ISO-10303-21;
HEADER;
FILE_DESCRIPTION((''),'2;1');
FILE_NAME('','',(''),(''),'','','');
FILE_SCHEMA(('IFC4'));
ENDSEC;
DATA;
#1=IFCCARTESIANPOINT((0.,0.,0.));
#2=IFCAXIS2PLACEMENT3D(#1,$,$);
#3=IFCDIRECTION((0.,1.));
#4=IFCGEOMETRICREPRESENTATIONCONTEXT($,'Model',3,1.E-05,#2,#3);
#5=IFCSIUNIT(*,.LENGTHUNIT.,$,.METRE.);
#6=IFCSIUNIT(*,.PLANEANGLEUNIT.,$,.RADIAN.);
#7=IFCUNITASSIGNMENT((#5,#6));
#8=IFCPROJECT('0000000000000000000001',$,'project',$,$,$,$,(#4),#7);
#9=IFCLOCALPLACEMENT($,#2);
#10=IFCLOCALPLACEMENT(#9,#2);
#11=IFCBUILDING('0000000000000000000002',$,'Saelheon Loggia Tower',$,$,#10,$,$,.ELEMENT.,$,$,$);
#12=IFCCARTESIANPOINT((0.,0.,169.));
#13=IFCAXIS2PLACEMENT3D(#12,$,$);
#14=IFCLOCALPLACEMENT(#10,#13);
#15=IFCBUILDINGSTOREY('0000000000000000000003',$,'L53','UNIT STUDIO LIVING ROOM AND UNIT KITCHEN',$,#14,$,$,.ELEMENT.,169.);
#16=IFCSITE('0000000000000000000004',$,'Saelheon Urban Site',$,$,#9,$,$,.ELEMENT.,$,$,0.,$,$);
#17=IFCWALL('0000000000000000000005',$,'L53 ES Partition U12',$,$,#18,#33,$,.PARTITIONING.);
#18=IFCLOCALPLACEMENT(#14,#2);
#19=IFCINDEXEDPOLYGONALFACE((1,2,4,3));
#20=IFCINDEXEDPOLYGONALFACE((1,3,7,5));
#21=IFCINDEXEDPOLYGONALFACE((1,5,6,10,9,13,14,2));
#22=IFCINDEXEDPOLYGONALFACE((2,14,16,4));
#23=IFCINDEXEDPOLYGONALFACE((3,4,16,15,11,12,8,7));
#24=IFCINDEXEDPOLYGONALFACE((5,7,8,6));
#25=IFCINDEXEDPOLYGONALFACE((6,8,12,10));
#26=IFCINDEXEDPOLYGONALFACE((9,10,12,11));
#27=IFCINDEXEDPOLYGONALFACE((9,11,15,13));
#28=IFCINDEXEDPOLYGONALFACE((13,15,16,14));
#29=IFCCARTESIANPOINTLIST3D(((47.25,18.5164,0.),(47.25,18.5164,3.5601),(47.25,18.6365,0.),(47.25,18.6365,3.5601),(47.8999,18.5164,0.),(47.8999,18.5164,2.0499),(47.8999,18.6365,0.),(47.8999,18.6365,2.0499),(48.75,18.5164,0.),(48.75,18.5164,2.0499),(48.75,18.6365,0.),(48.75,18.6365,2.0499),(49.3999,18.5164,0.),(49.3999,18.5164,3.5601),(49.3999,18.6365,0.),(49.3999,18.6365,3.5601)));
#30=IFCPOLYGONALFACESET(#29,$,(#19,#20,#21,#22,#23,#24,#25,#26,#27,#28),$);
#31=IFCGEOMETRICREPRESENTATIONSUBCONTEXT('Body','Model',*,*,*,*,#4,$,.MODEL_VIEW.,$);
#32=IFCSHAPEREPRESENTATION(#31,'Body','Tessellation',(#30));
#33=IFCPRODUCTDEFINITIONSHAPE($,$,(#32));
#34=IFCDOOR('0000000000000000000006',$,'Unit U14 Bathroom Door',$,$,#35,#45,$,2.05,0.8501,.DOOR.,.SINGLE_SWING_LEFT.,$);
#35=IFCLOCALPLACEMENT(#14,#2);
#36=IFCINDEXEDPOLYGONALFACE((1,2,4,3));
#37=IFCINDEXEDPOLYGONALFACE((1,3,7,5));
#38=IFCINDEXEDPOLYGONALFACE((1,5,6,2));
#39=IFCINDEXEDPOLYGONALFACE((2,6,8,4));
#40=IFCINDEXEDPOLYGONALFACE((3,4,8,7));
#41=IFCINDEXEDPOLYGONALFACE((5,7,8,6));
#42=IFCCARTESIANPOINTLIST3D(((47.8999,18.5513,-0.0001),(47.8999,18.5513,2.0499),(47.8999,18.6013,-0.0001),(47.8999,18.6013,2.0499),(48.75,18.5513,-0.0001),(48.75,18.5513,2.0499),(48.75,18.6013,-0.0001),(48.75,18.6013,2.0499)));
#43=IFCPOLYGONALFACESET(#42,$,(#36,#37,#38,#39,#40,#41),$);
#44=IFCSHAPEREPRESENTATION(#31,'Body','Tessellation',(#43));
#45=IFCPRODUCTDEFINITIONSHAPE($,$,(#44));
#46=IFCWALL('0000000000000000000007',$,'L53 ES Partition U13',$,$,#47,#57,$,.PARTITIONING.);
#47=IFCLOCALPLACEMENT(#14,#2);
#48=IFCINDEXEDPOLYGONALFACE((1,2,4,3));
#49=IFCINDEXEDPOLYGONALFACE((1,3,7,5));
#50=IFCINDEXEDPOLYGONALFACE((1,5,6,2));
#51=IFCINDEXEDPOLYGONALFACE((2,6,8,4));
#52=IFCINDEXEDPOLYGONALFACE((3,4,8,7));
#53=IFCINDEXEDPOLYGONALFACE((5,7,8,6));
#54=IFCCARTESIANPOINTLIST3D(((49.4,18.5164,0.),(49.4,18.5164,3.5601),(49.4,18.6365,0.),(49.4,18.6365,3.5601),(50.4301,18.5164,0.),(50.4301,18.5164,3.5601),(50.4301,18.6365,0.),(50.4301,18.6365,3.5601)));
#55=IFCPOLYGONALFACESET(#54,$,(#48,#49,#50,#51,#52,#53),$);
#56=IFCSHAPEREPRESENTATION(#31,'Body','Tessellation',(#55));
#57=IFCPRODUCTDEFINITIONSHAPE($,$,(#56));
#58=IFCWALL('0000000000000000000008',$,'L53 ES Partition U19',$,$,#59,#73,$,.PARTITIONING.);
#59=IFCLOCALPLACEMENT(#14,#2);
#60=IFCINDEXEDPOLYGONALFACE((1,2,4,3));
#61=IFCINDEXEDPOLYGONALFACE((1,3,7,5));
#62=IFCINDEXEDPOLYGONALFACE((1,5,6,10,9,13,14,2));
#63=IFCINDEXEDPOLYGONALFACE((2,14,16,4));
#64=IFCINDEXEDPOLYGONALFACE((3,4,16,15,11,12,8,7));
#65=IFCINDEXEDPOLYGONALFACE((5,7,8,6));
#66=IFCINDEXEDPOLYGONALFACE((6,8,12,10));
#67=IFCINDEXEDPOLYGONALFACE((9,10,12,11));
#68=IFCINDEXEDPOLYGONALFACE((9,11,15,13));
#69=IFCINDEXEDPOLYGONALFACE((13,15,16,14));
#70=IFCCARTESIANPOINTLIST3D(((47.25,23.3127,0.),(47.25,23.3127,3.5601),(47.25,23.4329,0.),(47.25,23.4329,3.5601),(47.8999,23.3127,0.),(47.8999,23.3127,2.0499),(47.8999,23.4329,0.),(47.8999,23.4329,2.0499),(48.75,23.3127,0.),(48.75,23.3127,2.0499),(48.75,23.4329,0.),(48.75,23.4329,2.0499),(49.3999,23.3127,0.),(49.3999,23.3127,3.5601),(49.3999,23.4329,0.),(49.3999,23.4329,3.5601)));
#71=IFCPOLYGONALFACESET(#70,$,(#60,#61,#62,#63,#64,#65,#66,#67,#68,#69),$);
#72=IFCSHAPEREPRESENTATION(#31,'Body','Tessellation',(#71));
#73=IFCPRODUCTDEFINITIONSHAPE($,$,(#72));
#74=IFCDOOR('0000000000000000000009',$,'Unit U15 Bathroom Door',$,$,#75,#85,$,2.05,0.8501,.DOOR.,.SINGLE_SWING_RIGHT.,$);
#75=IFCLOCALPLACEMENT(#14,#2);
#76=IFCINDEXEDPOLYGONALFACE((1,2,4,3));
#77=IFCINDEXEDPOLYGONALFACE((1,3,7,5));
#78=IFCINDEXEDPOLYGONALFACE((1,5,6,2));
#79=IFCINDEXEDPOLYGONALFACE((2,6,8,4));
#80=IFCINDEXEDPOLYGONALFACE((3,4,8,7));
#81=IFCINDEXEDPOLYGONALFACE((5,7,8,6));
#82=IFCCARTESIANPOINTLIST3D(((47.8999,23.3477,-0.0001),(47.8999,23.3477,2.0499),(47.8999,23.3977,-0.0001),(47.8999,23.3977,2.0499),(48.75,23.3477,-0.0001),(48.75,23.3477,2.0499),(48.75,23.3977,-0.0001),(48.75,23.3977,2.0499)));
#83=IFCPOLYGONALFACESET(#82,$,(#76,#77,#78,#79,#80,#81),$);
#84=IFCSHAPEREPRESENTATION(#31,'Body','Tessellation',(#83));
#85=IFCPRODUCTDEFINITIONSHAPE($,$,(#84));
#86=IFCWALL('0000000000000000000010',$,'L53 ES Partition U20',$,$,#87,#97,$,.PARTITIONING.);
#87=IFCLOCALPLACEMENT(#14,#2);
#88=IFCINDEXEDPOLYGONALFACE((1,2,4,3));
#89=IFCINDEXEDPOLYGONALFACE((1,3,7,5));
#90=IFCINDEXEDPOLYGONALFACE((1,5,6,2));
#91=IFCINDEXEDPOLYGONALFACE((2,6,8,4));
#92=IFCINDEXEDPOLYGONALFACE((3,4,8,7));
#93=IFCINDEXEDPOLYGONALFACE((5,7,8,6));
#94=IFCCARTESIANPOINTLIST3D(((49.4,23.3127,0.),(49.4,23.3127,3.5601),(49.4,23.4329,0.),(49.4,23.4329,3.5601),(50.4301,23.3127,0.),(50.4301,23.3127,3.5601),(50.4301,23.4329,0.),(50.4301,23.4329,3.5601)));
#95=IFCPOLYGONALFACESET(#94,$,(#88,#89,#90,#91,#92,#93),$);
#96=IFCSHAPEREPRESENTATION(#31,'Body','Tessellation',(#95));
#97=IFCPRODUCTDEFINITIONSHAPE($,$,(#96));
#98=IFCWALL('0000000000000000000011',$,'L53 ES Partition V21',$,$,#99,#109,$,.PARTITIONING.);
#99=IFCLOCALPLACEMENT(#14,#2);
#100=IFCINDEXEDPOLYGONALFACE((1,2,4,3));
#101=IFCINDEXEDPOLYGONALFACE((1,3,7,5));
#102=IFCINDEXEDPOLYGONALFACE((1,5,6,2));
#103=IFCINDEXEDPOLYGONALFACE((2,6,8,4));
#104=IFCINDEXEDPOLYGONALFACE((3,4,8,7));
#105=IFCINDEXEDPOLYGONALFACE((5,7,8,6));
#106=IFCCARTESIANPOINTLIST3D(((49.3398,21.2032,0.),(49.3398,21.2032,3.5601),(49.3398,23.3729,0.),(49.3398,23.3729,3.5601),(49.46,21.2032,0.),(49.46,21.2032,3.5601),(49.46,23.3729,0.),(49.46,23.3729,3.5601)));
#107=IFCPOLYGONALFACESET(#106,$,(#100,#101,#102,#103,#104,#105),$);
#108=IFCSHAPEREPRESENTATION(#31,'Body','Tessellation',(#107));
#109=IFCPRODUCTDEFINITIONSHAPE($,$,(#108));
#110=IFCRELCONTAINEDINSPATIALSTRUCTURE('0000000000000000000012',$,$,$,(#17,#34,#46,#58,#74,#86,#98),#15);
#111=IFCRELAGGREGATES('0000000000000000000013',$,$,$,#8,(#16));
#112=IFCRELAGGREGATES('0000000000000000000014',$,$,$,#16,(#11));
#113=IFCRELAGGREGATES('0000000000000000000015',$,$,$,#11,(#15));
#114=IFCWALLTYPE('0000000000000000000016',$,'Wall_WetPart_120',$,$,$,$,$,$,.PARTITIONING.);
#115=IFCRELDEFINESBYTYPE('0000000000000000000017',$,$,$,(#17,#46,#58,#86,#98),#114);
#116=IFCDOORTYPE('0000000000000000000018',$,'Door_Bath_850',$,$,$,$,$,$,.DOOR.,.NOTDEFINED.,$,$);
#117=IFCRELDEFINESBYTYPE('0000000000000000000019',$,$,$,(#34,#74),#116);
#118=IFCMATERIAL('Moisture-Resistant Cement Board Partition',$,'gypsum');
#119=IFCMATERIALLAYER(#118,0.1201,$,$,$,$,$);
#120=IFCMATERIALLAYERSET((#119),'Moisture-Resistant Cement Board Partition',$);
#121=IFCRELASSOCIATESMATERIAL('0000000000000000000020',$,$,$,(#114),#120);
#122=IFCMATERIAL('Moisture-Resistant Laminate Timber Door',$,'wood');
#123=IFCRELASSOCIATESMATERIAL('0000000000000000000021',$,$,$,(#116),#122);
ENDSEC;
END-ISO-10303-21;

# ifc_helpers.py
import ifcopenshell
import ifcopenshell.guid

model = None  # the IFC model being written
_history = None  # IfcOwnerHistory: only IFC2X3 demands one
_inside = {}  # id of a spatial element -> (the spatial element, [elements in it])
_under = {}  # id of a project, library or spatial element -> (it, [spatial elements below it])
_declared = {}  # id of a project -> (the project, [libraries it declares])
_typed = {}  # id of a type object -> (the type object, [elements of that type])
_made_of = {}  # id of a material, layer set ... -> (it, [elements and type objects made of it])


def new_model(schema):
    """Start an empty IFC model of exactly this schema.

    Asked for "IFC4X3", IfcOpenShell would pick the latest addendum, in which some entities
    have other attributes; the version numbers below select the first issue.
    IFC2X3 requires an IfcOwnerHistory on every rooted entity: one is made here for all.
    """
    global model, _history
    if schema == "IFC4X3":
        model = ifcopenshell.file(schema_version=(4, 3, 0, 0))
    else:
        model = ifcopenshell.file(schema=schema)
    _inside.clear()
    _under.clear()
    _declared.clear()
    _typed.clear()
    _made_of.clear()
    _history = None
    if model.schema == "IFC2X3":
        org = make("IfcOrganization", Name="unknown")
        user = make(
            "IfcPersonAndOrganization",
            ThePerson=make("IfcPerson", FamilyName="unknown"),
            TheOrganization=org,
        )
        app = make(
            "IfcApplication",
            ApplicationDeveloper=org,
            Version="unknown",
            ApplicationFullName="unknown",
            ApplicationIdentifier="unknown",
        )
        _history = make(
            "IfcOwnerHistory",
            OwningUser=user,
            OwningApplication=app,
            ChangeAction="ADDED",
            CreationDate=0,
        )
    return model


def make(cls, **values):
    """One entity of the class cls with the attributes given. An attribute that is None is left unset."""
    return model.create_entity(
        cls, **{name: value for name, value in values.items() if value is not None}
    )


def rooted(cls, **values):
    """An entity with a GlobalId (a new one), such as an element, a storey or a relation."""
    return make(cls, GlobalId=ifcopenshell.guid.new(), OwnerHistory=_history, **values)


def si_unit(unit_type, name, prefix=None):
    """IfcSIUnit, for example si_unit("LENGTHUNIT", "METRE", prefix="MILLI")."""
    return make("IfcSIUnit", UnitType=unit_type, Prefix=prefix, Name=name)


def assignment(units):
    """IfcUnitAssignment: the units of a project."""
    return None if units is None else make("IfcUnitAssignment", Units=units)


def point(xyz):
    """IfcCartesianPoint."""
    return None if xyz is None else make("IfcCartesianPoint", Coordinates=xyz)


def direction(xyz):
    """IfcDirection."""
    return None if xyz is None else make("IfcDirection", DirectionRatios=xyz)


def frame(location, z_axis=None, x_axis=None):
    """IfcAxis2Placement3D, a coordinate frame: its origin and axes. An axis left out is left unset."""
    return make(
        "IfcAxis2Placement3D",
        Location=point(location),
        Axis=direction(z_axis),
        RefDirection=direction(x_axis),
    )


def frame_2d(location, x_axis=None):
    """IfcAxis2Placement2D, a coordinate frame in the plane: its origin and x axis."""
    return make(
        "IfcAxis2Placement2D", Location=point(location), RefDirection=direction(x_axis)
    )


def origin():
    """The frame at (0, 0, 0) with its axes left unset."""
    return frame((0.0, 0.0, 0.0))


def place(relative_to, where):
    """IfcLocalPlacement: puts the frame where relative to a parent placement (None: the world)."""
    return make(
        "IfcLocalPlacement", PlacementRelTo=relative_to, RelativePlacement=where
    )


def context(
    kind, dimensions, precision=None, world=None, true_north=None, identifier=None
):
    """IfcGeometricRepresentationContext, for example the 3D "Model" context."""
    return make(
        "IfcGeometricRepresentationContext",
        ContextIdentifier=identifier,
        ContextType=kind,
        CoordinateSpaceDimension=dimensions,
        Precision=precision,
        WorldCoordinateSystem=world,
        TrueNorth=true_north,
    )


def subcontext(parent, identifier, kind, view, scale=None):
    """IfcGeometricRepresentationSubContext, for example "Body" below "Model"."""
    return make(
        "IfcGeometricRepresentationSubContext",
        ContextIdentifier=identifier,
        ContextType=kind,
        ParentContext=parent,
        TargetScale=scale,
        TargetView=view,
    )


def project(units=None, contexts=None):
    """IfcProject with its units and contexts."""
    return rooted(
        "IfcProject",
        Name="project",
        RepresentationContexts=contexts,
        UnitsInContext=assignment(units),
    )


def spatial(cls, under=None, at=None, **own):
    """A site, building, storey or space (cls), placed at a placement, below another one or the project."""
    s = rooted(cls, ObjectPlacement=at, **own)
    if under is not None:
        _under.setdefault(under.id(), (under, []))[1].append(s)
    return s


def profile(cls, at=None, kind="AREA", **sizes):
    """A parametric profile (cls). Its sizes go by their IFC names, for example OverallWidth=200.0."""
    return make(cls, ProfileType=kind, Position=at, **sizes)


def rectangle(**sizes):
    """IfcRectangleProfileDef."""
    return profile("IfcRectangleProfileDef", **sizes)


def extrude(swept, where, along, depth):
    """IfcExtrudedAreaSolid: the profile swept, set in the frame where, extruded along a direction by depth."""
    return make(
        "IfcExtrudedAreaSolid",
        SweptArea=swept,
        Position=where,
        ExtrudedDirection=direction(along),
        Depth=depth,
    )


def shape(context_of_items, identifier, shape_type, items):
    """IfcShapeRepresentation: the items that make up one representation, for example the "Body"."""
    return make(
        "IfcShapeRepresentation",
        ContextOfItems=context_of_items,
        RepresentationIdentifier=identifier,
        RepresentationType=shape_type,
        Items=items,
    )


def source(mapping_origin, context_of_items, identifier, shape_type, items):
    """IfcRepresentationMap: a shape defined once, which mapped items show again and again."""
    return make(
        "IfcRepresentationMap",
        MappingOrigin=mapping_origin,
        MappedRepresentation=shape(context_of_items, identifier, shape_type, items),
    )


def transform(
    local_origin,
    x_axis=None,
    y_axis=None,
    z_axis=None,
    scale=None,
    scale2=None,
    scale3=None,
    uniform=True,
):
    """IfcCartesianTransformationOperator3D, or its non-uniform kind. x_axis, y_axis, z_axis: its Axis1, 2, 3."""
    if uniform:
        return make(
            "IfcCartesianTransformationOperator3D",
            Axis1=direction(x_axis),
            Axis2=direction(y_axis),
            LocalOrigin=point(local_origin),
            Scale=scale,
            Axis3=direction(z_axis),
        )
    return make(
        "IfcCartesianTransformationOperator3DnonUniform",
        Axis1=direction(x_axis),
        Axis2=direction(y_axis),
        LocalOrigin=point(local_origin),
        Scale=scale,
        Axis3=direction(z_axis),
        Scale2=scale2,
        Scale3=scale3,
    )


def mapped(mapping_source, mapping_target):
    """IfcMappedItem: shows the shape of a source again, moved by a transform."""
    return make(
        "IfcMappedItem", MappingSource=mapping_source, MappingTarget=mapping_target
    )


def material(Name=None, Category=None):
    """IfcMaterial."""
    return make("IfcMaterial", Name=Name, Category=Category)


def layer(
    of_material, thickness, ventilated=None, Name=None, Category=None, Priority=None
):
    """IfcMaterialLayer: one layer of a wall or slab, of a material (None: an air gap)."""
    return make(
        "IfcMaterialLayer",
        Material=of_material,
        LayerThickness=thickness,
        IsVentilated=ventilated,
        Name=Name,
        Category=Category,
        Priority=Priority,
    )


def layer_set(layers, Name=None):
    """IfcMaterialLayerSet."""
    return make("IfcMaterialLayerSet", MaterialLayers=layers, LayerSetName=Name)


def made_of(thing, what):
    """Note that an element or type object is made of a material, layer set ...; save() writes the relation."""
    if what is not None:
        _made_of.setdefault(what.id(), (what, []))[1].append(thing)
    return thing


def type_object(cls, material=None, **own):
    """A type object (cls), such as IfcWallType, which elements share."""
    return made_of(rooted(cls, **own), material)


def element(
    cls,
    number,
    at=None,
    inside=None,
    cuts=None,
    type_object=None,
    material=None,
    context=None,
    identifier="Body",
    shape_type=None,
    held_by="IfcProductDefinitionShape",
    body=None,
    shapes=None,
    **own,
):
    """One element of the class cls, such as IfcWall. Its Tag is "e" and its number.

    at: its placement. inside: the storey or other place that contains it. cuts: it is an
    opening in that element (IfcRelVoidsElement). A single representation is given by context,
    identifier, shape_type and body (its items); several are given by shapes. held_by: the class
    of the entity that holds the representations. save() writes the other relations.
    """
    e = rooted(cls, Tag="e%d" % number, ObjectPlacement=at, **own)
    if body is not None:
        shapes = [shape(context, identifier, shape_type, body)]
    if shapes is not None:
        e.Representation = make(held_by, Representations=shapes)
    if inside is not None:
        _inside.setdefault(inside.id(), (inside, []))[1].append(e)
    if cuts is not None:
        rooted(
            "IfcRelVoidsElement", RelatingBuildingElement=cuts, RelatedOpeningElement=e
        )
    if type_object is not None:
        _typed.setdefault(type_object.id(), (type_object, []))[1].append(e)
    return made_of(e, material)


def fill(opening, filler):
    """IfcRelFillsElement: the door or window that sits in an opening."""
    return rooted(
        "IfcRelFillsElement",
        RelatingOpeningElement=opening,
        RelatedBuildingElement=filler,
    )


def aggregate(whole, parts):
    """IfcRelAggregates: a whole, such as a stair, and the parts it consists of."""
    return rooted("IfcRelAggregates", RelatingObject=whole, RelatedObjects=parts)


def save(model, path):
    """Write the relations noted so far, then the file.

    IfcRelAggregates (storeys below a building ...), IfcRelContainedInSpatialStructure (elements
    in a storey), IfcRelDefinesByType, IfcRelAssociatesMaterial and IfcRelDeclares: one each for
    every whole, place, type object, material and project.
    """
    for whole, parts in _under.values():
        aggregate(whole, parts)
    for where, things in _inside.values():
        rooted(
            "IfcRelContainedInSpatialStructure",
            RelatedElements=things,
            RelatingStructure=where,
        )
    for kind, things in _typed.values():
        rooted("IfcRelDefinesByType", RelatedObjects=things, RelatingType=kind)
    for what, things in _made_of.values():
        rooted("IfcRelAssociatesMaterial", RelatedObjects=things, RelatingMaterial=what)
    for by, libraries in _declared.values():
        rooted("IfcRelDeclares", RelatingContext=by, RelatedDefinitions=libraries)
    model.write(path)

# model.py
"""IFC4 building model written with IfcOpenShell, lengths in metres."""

from ifc_helpers import new_model, si_unit, direction, frame, frame_2d, origin, place, context, subcontext, project, spatial, rectangle, extrude, source, transform, mapped, material, layer, layer_set, type_object, element, fill, save


model = new_model("IFC4")

# Units and contexts
model_context = context("Model", 3, precision=1e-05, world=origin(), true_north=direction((0.0, 1.0)))
body_context = subcontext(model_context, "Body", "Model", "MODEL_VIEW")
ifc_project = project(units=[si_unit("LENGTHUNIT", "METRE"), si_unit("PLANEANGLEUNIT", "RADIAN")], contexts=[model_context])

# Site, building, storey
site_placement = place(None, origin())
site = spatial("IfcSite", under=ifc_project, at=site_placement, Name="Saelheon Urban Site", CompositionType="ELEMENT", RefElevation=0.0)
building_placement = place(site_placement, origin())
building = spatial("IfcBuilding", under=site, at=building_placement, Name="Saelheon Loggia Tower", CompositionType="ELEMENT")
storey_placement = place(building_placement, frame((0.0, 0.0, 169.0)))
storey = spatial("IfcBuildingStorey", under=building, at=storey_placement, Name="L53", Description="UNIT STUDIO LIVING ROOM AND UNIT KITCHEN", CompositionType="ELEMENT", Elevation=169.0)

# Wall, opening, door
ifc_material_1 = material(Name="Moisture-Resistant Cement Board Partition", Category="gypsum")
ifc_layer_1 = layer(ifc_material_1, 0.1201)
ifc_layer_set_1 = layer_set([ifc_layer_1], Name="Moisture-Resistant Cement Board Partition")
wall_type_1 = type_object("IfcWallType", Name="Wall_WetPart_120", PredefinedType="PARTITIONING", material=ifc_layer_set_1)
wall_1_placement = place(storey_placement, frame((47.25, 18.5764, 0.0), z_axis=(0.0, 0.0, 1.0), x_axis=(1.0, 0.0, 0.0)))
wall_1 = element("IfcWall", 1, at=wall_1_placement, inside=storey, type_object=wall_type_1, Name="L53 ES Partition U12", PredefinedType="PARTITIONING", context=body_context, shape_type="SweptSolid", body=[
    extrude(rectangle(XDim=2.1499, YDim=0.1201, at=frame_2d((1.075, 0.0))), origin(), (0.0, 0.0, 1.0), 3.5601),
])
opening_1_placement = place(wall_1_placement, frame((0.6499, 0.0, 0.0)))
opening_1 = element("IfcOpeningElement", 2, at=opening_1_placement, cuts=wall_1, PredefinedType="OPENING", context=body_context, shape_type="SweptSolid", body=[
    extrude(rectangle(XDim=0.8501, YDim=2.05, at=frame_2d((0.425, 1.0249))), frame((0.0, 0.072, 0.0), z_axis=(0.0, -1.0, 0.0), x_axis=(1.0, 0.0, 0.0)), (0.0, 0.0, 1.0), 0.144),
])
ifc_material_2 = material(Name="Moisture-Resistant Laminate Timber Door", Category="wood")
door_type_1 = type_object("IfcDoorType", Name="Door_Bath_850", OperationType="NOTDEFINED", PredefinedType="DOOR", material=ifc_material_2)
shared_shape_1 = source(origin(), body_context, "Body", "SweptSolid", [
    extrude(rectangle(XDim=0.8501, YDim=2.05, at=frame_2d((0.425, 1.0249))), frame((0.0, 0.0249, 0.0), z_axis=(0.0, -1.0, 0.0), x_axis=(1.0, 0.0, 0.0)), (0.0, 0.0, 1.0), 0.05),
])
door_1_placement = place(opening_1_placement, origin())
door_1 = element("IfcDoor", 3, at=door_1_placement, inside=storey, type_object=door_type_1, Name="Unit U14 Bathroom Door", OperationType="SINGLE_SWING_LEFT", OverallHeight=2.05, OverallWidth=0.8501, PredefinedType="DOOR", context=body_context, shape_type="MappedRepresentation", body=[
    mapped(shared_shape_1, transform((0.0, 0.0, 0.0), scale=1.0)),
])
fill(opening_1, door_1)

# Wall
wall_2_placement = place(storey_placement, frame((49.3999, 18.5764, 0.0), z_axis=(0.0, 0.0, 1.0), x_axis=(1.0, 0.0, 0.0)))
element("IfcWall", 4, at=wall_2_placement, inside=storey, type_object=wall_type_1, Name="L53 ES Partition U13", PredefinedType="PARTITIONING", context=body_context, shape_type="SweptSolid", body=[
    extrude(rectangle(XDim=1.03, YDim=0.1201, at=frame_2d((0.5151, 0.0))), origin(), (0.0, 0.0, 1.0), 3.5601),
])

# Wall, opening, door
wall_3_placement = place(storey_placement, frame((47.25, 23.3728, 0.0), z_axis=(0.0, 0.0, 1.0), x_axis=(1.0, 0.0, 0.0)))
wall_3 = element("IfcWall", 5, at=wall_3_placement, inside=storey, type_object=wall_type_1, Name="L53 ES Partition U19", PredefinedType="PARTITIONING", context=body_context, shape_type="SweptSolid", body=[
    extrude(rectangle(XDim=2.1499, YDim=0.1201, at=frame_2d((1.075, 0.0))), origin(), (0.0, 0.0, 1.0), 3.5601),
])
opening_2_placement = place(wall_3_placement, frame((0.6499, 0.0, 0.0)))
opening_2 = element("IfcOpeningElement", 6, at=opening_2_placement, cuts=wall_3, PredefinedType="OPENING", context=body_context, shape_type="SweptSolid", body=[
    extrude(rectangle(XDim=0.8501, YDim=2.05, at=frame_2d((0.425, 1.0249))), frame((0.0, 0.072, 0.0), z_axis=(0.0, -1.0, 0.0), x_axis=(1.0, 0.0, 0.0)), (0.0, 0.0, 1.0), 0.144),
])
door_2_placement = place(opening_2_placement, origin())
door_2 = element("IfcDoor", 7, at=door_2_placement, inside=storey, type_object=door_type_1, Name="Unit U15 Bathroom Door", OperationType="SINGLE_SWING_RIGHT", OverallHeight=2.05, OverallWidth=0.8501, PredefinedType="DOOR", context=body_context, shape_type="MappedRepresentation", body=[
    mapped(shared_shape_1, transform((0.0, 0.0, 0.0), scale=1.0)),
])
fill(opening_2, door_2)

# Walls
wall_4_placement = place(storey_placement, frame((49.3999, 23.3728, 0.0), z_axis=(0.0, 0.0, 1.0), x_axis=(1.0, 0.0, 0.0)))
element("IfcWall", 8, at=wall_4_placement, inside=storey, type_object=wall_type_1, Name="L53 ES Partition U20", PredefinedType="PARTITIONING", context=body_context, shape_type="SweptSolid", body=[
    extrude(rectangle(XDim=1.03, YDim=0.1201, at=frame_2d((0.5151, 0.0))), origin(), (0.0, 0.0, 1.0), 3.5601),
])
wall_5_placement = place(storey_placement, frame((49.3999, 21.2031, 0.0), z_axis=(0.0, 0.0, 1.0), x_axis=(0.0, 1.0, 0.0)))
element("IfcWall", 9, at=wall_5_placement, inside=storey, type_object=wall_type_1, Name="L53 ES Partition V21", PredefinedType="PARTITIONING", context=body_context, shape_type="SweptSolid", body=[
    extrude(rectangle(XDim=2.1697, YDim=0.1201, at=frame_2d((1.085, 0.0))), origin(), (0.0, 0.0, 1.0), 3.5601),
])

save(model, "model.ifc")
